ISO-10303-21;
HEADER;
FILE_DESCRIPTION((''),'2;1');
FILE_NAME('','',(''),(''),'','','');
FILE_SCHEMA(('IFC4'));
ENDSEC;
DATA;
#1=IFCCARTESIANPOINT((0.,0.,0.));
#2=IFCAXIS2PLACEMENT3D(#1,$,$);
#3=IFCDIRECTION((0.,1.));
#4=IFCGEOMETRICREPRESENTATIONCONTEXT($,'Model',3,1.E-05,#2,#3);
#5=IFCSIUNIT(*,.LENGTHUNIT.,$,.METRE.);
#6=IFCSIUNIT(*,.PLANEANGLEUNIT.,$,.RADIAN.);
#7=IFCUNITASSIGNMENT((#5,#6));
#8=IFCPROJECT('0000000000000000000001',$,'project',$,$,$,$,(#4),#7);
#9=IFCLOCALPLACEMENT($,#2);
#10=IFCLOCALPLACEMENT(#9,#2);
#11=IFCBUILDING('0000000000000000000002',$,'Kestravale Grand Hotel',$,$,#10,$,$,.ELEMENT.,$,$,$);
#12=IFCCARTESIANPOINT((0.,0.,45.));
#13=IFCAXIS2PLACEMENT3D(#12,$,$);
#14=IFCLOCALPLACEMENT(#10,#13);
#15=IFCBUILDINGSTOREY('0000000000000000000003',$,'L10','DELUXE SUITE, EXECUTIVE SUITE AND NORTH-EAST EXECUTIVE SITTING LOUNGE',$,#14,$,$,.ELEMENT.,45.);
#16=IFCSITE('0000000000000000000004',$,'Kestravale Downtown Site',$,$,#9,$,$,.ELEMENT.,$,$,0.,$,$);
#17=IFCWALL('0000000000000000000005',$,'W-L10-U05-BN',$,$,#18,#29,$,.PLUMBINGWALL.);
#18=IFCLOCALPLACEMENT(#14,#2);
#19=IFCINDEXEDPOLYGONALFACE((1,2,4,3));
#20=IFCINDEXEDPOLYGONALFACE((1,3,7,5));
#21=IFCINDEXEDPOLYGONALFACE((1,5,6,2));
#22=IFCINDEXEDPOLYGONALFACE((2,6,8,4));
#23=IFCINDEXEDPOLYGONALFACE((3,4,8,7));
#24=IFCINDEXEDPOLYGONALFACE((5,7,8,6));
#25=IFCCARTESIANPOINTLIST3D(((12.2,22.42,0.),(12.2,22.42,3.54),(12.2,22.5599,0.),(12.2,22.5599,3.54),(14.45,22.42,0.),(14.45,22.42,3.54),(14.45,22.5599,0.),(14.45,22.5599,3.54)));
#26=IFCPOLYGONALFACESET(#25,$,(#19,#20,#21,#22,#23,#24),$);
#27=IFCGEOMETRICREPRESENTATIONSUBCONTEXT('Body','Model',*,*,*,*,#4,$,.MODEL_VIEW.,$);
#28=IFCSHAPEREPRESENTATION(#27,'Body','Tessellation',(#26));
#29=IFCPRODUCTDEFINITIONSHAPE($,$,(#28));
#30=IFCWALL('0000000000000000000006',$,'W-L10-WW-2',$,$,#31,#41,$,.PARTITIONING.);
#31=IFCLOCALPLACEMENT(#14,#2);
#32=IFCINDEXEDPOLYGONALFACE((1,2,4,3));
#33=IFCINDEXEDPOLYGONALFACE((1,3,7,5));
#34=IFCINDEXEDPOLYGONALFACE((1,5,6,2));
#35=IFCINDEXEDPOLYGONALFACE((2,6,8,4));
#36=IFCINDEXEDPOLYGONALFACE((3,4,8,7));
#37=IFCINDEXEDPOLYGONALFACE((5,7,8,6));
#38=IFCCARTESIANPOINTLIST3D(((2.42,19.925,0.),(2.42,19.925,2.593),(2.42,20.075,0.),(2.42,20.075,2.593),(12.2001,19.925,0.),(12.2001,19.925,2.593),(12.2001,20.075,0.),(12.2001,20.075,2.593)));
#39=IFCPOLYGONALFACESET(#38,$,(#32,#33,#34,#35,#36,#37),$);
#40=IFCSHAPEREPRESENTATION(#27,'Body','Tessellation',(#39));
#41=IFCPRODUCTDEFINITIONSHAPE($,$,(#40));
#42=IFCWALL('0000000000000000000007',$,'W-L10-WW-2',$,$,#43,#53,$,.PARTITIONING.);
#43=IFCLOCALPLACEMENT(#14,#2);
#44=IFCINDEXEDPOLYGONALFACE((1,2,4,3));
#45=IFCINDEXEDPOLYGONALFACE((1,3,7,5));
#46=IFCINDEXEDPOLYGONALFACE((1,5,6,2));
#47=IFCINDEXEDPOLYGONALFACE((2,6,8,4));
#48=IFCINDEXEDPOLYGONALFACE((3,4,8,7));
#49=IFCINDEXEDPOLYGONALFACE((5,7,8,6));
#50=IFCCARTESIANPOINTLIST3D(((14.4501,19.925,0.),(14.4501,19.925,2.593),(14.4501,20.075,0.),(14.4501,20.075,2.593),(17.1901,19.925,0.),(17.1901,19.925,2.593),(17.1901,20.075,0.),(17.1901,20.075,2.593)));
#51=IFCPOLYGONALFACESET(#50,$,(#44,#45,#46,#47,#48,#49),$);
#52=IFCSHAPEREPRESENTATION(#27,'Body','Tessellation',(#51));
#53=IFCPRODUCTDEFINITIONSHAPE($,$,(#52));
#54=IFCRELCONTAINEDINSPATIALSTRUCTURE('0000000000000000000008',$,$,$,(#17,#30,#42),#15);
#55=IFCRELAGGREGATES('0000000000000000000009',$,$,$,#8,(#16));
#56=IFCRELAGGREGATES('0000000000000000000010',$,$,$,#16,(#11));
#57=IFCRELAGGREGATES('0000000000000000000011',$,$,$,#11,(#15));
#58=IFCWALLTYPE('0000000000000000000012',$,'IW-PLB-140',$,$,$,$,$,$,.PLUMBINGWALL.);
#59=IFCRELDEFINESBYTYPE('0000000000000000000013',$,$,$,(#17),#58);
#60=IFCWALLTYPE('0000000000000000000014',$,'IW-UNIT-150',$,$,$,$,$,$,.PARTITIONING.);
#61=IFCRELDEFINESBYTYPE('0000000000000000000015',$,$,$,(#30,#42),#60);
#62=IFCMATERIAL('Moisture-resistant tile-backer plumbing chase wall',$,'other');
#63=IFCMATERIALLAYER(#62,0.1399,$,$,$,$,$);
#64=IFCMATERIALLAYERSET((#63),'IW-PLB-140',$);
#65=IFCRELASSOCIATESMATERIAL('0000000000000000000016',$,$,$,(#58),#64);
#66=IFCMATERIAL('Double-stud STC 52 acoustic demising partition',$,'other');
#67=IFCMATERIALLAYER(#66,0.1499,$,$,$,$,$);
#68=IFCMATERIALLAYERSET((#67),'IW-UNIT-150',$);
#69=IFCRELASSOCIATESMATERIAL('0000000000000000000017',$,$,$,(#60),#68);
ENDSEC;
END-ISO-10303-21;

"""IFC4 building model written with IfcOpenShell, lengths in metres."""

from ifc_helpers import new_model, si_unit, direction, frame, frame_2d, origin, place, context, subcontext, project, spatial, rectangle, extrude, material, layer, layer_set, type_object, element, save


model = new_model("IFC4")

# Units and contexts
model_context = context("Model", 3, precision=1e-05, world=origin(), true_north=direction((0.0, 1.0)))
body_context = subcontext(model_context, "Body", "Model", "MODEL_VIEW")
ifc_project = project(units=[si_unit("LENGTHUNIT", "METRE"), si_unit("PLANEANGLEUNIT", "RADIAN")], contexts=[model_context])

# Site, building, storey
site_placement = place(None, origin())
site = spatial("IfcSite", under=ifc_project, at=site_placement, Name="Kestravale Downtown Site", CompositionType="ELEMENT", RefElevation=0.0)
building_placement = place(site_placement, origin())
building = spatial("IfcBuilding", under=site, at=building_placement, Name="Kestravale Grand Hotel", CompositionType="ELEMENT")
storey_placement = place(building_placement, frame((0.0, 0.0, 45.0)))
storey = spatial("IfcBuildingStorey", under=building, at=storey_placement, Name="L10", Description="DELUXE SUITE, EXECUTIVE SUITE AND NORTH-EAST EXECUTIVE SITTING LOUNGE", CompositionType="ELEMENT", Elevation=45.0)

# Shared definitions
ifc_material_1 = material(Name="Moisture-resistant tile-backer plumbing chase wall", Category="other")
ifc_layer_1 = layer(ifc_material_1, 0.1399)
ifc_layer_set_1 = layer_set([ifc_layer_1], Name="IW-PLB-140")
wall_type_1 = type_object("IfcWallType", Name="IW-PLB-140", PredefinedType="PLUMBINGWALL", material=ifc_layer_set_1)

# Walls
wall_1_placement = place(storey_placement, frame((12.2, 22.49, 0.0), z_axis=(0.0, 0.0, 1.0), x_axis=(1.0, 0.0, 0.0)))
element("IfcWall", 1, at=wall_1_placement, inside=storey, type_object=wall_type_1, Name="W-L10-U05-BN", PredefinedType="PLUMBINGWALL", context=body_context, shape_type="SweptSolid", body=[
    extrude(rectangle(XDim=2.25, YDim=0.1399, at=frame_2d((1.125, 0.0))), origin(), (0.0, 0.0, 1.0), 3.54),
])
ifc_material_2 = material(Name="Double-stud STC 52 acoustic demising partition", Category="other")
ifc_layer_2 = layer(ifc_material_2, 0.1499)
ifc_layer_set_2 = layer_set([ifc_layer_2], Name="IW-UNIT-150")
wall_type_2 = type_object("IfcWallType", Name="IW-UNIT-150", PredefinedType="PARTITIONING", material=ifc_layer_set_2)
wall_2_placement = place(storey_placement, frame((2.4199, 20.0, 0.0), z_axis=(0.0, 0.0, 1.0), x_axis=(1.0, 0.0, 0.0)))
element("IfcWall", 2, at=wall_2_placement, inside=storey, type_object=wall_type_2, Name="W-L10-WW-2", PredefinedType="PARTITIONING", context=body_context, shape_type="SweptSolid", body=[
    extrude(rectangle(XDim=9.78, YDim=0.1499, at=frame_2d((4.8901, 0.0))), origin(), (0.0, 0.0, 1.0), 2.593),
])
wall_3_placement = place(storey_placement, frame((14.45, 20.0, 0.0), z_axis=(0.0, 0.0, 1.0), x_axis=(1.0, 0.0, 0.0)))
element("IfcWall", 3, at=wall_3_placement, inside=storey, type_object=wall_type_2, Name="W-L10-WW-2", PredefinedType="PARTITIONING", context=body_context, shape_type="SweptSolid", body=[
    extrude(rectangle(XDim=2.74, YDim=0.1499, at=frame_2d((1.3701, 0.0))), origin(), (0.0, 0.0, 1.0), 2.593),
])

save(model, "model.ifc")
